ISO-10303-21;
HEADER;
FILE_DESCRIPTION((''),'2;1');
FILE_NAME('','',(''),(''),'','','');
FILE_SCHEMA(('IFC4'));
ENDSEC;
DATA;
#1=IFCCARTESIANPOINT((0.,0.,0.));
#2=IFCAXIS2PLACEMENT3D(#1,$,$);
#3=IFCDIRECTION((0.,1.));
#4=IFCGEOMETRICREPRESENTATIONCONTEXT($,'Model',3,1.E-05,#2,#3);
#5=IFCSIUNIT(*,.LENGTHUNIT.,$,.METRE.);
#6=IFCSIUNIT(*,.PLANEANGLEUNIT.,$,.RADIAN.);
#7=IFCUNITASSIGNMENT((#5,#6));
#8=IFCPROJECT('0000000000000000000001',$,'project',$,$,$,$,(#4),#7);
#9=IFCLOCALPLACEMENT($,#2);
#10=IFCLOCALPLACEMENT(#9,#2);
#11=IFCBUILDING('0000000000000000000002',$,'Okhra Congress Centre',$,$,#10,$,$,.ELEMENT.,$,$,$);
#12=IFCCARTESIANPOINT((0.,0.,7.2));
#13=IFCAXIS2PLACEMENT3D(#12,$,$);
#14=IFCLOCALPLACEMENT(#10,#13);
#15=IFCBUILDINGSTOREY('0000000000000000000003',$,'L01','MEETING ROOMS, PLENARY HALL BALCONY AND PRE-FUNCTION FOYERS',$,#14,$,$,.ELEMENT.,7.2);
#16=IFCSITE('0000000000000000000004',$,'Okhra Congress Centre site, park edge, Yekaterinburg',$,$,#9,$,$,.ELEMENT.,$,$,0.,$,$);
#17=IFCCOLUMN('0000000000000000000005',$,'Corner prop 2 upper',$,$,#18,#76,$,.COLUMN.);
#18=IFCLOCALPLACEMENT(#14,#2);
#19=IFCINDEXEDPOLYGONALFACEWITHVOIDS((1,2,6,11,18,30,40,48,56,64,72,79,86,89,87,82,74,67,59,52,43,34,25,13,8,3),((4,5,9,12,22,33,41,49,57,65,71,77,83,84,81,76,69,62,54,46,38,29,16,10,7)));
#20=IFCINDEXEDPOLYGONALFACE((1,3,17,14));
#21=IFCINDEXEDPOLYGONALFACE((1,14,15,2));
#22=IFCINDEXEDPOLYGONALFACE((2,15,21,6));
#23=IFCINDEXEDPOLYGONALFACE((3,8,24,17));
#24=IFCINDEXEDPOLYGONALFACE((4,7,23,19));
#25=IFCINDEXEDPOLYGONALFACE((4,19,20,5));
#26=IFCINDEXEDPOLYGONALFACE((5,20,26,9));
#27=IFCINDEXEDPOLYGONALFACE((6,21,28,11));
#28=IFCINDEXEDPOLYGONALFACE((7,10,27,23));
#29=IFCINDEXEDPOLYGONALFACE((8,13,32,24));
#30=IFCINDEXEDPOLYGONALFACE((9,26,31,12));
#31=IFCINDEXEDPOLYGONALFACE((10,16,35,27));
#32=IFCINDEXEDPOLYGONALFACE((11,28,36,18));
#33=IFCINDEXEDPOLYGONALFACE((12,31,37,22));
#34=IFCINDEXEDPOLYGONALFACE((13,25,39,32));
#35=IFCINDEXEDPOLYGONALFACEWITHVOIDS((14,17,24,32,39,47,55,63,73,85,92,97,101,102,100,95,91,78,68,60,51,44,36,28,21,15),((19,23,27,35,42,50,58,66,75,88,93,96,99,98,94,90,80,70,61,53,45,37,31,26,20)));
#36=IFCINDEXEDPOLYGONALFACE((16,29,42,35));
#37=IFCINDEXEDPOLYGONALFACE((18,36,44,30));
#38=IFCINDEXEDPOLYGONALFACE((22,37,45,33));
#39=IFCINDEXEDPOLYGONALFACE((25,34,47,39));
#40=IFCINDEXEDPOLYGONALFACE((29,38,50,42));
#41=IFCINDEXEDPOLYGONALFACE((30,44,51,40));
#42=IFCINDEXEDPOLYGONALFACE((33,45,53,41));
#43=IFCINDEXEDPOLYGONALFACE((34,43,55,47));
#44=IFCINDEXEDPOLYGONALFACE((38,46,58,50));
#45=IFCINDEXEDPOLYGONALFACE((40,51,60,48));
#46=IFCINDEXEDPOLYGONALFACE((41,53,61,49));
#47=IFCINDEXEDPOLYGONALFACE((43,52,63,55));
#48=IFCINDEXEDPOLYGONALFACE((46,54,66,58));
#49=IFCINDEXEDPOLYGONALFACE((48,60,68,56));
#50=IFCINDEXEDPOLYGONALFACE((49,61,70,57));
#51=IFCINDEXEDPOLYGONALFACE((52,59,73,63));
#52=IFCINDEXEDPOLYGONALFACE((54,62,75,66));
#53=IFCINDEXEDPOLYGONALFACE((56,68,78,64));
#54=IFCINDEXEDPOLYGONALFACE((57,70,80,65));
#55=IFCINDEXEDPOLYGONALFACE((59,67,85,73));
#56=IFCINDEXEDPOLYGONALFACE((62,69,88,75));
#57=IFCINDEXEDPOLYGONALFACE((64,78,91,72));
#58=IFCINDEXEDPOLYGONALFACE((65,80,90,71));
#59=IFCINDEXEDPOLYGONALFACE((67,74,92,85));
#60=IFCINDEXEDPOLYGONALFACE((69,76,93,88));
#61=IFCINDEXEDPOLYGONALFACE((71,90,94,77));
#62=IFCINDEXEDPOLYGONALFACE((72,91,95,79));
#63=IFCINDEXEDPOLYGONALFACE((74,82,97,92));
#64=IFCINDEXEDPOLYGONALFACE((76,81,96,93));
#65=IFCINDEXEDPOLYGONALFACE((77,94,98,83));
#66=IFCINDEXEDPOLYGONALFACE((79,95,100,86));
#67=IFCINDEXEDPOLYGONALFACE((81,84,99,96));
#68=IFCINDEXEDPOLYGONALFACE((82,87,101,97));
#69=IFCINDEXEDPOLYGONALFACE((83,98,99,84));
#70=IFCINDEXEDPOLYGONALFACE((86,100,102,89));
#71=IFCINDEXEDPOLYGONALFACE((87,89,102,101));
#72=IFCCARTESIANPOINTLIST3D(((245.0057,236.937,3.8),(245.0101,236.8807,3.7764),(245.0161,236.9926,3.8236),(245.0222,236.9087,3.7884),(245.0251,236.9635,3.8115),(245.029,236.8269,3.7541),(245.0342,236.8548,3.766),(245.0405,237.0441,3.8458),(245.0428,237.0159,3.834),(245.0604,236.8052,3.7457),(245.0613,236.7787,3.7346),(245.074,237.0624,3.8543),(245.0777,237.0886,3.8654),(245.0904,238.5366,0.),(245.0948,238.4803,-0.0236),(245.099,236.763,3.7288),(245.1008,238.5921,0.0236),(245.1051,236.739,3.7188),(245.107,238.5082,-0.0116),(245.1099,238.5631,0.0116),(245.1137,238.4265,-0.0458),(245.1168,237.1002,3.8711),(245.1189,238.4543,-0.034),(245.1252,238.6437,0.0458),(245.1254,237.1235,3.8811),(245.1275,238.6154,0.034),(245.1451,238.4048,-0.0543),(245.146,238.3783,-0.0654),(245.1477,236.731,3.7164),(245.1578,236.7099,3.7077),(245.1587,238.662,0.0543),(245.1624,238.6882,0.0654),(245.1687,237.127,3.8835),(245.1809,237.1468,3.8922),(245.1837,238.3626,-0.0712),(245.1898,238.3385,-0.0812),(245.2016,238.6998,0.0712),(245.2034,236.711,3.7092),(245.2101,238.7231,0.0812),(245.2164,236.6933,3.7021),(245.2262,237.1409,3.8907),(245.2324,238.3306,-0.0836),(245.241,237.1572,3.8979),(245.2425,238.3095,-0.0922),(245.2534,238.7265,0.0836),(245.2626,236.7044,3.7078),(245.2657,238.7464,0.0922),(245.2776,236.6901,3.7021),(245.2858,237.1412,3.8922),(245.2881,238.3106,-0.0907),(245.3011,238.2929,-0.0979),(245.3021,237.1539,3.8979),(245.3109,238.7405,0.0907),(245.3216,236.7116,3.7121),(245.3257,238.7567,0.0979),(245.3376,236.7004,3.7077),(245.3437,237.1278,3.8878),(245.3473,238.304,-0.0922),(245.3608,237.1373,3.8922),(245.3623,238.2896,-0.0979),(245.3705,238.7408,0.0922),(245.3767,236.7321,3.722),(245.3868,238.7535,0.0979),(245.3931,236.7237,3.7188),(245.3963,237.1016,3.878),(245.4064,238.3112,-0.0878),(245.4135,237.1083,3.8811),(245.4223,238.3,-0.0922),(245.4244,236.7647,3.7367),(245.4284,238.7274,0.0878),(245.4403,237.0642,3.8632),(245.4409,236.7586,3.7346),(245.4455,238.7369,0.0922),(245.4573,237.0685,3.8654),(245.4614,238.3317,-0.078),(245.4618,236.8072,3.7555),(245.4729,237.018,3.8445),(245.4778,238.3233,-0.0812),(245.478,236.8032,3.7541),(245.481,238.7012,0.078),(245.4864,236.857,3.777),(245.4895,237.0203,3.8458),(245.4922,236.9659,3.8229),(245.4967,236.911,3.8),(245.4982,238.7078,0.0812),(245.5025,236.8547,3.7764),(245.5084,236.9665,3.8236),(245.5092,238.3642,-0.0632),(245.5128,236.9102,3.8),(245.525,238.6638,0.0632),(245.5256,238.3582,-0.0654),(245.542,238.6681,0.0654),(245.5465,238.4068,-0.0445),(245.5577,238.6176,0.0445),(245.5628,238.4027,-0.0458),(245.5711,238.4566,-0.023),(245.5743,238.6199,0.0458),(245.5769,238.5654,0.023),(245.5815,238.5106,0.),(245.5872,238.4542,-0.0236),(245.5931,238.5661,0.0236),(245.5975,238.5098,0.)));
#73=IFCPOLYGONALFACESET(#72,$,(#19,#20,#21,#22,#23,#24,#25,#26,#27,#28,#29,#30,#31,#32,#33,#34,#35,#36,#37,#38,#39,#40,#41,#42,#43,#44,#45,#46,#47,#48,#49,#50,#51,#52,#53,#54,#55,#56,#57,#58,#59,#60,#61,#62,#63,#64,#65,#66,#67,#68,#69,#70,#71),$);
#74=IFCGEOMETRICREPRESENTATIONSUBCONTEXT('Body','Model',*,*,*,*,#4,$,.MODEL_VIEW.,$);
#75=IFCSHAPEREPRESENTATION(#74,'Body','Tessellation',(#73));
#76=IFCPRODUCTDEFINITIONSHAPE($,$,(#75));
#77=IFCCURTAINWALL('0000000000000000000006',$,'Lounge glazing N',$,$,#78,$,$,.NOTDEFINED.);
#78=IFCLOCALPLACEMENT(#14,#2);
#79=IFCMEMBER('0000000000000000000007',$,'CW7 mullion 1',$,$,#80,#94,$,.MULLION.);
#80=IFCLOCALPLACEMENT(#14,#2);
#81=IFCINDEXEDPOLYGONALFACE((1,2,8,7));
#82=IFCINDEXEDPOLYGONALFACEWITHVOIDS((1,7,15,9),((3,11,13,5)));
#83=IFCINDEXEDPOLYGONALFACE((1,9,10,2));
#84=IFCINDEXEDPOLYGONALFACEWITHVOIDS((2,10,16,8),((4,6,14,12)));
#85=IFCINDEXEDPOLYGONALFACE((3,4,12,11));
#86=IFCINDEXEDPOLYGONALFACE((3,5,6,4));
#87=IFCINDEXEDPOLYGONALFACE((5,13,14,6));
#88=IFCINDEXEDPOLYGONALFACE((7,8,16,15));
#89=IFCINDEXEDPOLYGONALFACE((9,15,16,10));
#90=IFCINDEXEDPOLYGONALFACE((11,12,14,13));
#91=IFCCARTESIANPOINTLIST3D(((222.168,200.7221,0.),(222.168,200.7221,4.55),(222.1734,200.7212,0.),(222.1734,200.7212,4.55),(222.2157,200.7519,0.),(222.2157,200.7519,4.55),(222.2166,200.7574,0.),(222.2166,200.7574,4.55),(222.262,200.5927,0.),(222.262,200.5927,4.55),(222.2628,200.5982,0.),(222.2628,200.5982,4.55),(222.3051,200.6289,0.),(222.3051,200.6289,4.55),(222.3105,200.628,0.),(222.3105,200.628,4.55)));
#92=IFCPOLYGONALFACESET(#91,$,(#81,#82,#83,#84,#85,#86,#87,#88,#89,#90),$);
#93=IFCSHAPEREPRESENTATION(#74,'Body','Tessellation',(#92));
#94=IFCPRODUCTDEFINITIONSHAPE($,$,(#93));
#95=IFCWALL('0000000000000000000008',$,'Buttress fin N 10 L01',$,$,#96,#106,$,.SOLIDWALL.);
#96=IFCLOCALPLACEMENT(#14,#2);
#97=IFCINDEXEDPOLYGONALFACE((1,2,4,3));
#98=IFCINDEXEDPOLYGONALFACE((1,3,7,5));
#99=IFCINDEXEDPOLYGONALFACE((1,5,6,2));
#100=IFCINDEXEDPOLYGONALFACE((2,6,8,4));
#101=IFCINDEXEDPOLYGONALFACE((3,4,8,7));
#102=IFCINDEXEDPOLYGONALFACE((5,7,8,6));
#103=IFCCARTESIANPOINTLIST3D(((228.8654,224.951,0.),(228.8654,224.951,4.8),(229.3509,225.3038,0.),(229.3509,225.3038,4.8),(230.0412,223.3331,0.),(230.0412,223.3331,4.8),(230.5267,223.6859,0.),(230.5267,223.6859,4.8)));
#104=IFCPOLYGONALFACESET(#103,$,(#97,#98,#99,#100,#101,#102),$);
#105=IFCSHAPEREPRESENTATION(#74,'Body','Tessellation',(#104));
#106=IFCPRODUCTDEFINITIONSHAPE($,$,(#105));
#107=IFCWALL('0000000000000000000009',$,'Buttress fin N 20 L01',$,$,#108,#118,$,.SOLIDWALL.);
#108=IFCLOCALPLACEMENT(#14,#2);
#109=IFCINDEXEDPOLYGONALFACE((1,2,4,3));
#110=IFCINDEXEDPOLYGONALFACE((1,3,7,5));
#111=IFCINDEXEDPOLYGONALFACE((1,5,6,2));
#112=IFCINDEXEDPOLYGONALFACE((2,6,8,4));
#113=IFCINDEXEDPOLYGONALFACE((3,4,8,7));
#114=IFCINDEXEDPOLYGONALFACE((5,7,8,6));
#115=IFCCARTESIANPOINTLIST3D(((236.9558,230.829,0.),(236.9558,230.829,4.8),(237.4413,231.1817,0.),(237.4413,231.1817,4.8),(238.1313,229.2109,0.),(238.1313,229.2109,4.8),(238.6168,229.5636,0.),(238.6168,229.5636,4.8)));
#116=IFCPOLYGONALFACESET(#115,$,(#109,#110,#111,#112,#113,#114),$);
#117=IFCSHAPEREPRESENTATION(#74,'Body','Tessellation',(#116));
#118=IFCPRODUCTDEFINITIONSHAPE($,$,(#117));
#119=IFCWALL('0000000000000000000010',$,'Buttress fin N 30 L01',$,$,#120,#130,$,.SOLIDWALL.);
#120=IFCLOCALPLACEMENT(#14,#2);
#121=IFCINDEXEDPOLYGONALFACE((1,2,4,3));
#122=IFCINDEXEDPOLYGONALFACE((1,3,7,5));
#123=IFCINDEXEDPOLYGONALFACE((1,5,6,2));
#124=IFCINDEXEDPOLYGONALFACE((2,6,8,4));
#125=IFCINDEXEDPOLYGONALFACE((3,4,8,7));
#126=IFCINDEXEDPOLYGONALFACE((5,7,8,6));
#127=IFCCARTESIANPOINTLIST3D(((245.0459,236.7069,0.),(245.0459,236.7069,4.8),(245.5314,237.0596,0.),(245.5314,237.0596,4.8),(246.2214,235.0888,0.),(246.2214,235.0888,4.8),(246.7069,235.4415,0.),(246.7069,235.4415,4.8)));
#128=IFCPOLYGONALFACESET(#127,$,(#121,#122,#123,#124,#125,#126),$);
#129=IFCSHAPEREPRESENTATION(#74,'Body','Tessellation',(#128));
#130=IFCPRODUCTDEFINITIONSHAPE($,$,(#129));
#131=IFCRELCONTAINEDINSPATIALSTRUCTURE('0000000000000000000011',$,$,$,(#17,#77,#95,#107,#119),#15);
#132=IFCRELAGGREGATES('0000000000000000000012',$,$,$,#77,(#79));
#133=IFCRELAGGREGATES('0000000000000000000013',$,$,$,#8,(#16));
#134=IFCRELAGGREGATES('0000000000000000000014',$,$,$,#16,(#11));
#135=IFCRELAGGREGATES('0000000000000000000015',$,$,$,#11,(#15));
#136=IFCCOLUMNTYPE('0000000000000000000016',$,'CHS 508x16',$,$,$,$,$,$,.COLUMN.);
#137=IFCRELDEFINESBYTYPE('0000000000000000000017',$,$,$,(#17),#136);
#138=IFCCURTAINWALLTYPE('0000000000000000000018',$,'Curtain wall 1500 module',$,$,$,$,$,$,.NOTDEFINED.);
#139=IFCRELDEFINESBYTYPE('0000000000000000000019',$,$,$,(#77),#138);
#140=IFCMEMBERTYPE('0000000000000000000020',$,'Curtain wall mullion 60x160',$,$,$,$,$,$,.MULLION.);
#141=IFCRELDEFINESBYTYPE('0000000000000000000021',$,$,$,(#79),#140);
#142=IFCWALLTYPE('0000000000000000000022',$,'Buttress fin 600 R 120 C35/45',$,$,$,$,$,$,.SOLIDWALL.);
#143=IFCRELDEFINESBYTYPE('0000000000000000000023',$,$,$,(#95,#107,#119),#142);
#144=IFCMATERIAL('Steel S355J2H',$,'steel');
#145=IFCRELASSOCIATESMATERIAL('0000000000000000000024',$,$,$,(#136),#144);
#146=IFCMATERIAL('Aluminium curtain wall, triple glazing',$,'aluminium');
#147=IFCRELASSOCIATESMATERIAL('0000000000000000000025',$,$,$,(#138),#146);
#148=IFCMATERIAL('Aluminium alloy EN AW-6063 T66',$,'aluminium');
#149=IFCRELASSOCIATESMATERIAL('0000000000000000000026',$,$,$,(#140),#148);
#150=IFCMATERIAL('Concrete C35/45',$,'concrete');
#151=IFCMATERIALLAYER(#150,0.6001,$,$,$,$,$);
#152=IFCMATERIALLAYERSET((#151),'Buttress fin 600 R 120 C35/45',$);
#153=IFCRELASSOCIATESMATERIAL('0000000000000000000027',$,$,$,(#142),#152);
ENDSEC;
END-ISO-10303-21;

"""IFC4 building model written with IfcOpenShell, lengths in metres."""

from ifc_helpers import new_model, si_unit, direction, frame, frame_2d, origin, origin_2d, place, context, subcontext, project, spatial, rectangle, hollow_rectangle, hollow_circle, extrude, material, layer, layer_set, material_profile, profile_set, type_object, element, aggregate, save


model = new_model("IFC4")

# Units and contexts
model_context = context("Model", 3, precision=1e-05, world=origin(), true_north=direction((0.0, 1.0)))
body_context = subcontext(model_context, "Body", "Model", "MODEL_VIEW")
ifc_project = project(units=[si_unit("LENGTHUNIT", "METRE"), si_unit("PLANEANGLEUNIT", "RADIAN")], contexts=[model_context])

# Site, building, storey
site_placement = place(None, origin())
site = spatial("IfcSite", under=ifc_project, at=site_placement, Name="Okhra Congress Centre site, park edge, Yekaterinburg", CompositionType="ELEMENT", RefElevation=0.0)
building_placement = place(site_placement, origin())
building = spatial("IfcBuilding", under=site, at=building_placement, Name="Okhra Congress Centre", CompositionType="ELEMENT")
storey_placement = place(building_placement, frame((0.0, 0.0, 7.2)))
storey = spatial("IfcBuildingStorey", under=building, at=storey_placement, Name="L01", Description="MEETING ROOMS, PLENARY HALL BALCONY AND PRE-FUNCTION FOYERS", CompositionType="ELEMENT", Elevation=7.2)

# Column
ifc_material_1 = material(Name="Steel S355J2H", Category="steel")
ifc_material_profile_1 = material_profile(ifc_material_1, hollow_circle(Radius=0.2539, WallThickness=0.0161, at=origin_2d()), Name="CHS 508x16")
ifc_profile_set_1 = profile_set([ifc_material_profile_1], Name="Steel S355J2H")
column_type = type_object("IfcColumnType", Name="CHS 508x16", PredefinedType="COLUMN", material=ifc_profile_set_1)
column_placement = place(storey_placement, frame((245.344, 238.5232, 0.0), z_axis=(-0.020543, -0.38789, 0.921477), x_axis=(0.998601, -0.052887, 0.0)))
element("IfcColumn", 1, at=column_placement, inside=storey, type_object=column_type, Name="Corner prop 2 upper", PredefinedType="COLUMN", context=body_context, shape_type="SweptSolid", body=[
    extrude(hollow_circle(Radius=0.2539, WallThickness=0.0161, at=origin_2d()), origin(), (0.0, 0.0, 1.0), 4.1238),
])

# Curtain wall, member
ifc_material_2 = material(Name="Aluminium curtain wall, triple glazing", Category="aluminium")
curtain_wall_type = type_object("IfcCurtainWallType", Name="Curtain wall 1500 module", PredefinedType="NOTDEFINED", material=ifc_material_2)
curtain_wall_placement = place(storey_placement, origin())
curtain_wall = element("IfcCurtainWall", 2, at=curtain_wall_placement, inside=storey, type_object=curtain_wall_type, Name="Lounge glazing N", PredefinedType="NOTDEFINED")
ifc_material_3 = material(Name="Aluminium alloy EN AW-6063 T66", Category="aluminium")
ifc_material_profile_2 = material_profile(ifc_material_3, hollow_rectangle(XDim=0.0601, YDim=0.1599, WallThickness=0.0039, at=origin_2d()), Name="RHS 60x160x4")
ifc_profile_set_2 = profile_set([ifc_material_profile_2], Name="Aluminium alloy EN AW-6063 T66")
member_type = type_object("IfcMemberType", Name="Curtain wall mullion 60x160", PredefinedType="MULLION", material=ifc_profile_set_2)
member_placement = place(storey_placement, frame((222.2393, 200.675, 0.0), z_axis=(0.0, 0.0, 1.0), x_axis=(-0.809017, -0.587785, 0.0)))
member = element("IfcMember", 3, at=member_placement, type_object=member_type, Name="CW7 mullion 1", PredefinedType="MULLION", context=body_context, shape_type="SweptSolid", body=[
    extrude(hollow_rectangle(XDim=0.0601, YDim=0.1599, WallThickness=0.0039, at=origin_2d()), origin(), (0.0, 0.0, 1.0), 4.55),
])
aggregate(curtain_wall, [member])

# Walls
ifc_material_4 = material(Name="Concrete C35/45", Category="concrete")
ifc_layer_1 = layer(ifc_material_4, 0.6001)
ifc_layer_set_1 = layer_set([ifc_layer_1], Name="Buttress fin 600 R 120 C35/45")
wall_type_1 = type_object("IfcWallType", Name="Buttress fin 600 R 120 C35/45", PredefinedType="SOLIDWALL", material=ifc_layer_set_1)
for number, where, z_axis, x_axis, name in (
    (4, (230.2839, 223.5095, 0.0), (0.0, 0.0, 1.0), (-0.587881, 0.808947, 0.0), "Buttress fin N 10 L01"),
    (5, (238.374, 229.3872, 0.0), (0.0, 0.0, 1.0), (-0.587743, 0.809047, 0.0), "Buttress fin N 20 L01"),
    (6, (246.4641, 235.2651, 0.0), (0.0, 0.0, 1.0), (-0.587743, 0.809047, 0.0), "Buttress fin N 30 L01"),
):
    element("IfcWall", number, at=place(storey_placement, frame(where, z_axis=z_axis, x_axis=x_axis)), inside=storey, type_object=wall_type_1, Name=name, PredefinedType="SOLIDWALL", context=body_context, shape_type="SweptSolid", body=[
        extrude(rectangle(XDim=2.0, YDim=0.6001, at=frame_2d((1.0, 0.0))), origin(), (0.0, 0.0, 1.0), 4.8),
    ])

save(model, "model.ifc")
